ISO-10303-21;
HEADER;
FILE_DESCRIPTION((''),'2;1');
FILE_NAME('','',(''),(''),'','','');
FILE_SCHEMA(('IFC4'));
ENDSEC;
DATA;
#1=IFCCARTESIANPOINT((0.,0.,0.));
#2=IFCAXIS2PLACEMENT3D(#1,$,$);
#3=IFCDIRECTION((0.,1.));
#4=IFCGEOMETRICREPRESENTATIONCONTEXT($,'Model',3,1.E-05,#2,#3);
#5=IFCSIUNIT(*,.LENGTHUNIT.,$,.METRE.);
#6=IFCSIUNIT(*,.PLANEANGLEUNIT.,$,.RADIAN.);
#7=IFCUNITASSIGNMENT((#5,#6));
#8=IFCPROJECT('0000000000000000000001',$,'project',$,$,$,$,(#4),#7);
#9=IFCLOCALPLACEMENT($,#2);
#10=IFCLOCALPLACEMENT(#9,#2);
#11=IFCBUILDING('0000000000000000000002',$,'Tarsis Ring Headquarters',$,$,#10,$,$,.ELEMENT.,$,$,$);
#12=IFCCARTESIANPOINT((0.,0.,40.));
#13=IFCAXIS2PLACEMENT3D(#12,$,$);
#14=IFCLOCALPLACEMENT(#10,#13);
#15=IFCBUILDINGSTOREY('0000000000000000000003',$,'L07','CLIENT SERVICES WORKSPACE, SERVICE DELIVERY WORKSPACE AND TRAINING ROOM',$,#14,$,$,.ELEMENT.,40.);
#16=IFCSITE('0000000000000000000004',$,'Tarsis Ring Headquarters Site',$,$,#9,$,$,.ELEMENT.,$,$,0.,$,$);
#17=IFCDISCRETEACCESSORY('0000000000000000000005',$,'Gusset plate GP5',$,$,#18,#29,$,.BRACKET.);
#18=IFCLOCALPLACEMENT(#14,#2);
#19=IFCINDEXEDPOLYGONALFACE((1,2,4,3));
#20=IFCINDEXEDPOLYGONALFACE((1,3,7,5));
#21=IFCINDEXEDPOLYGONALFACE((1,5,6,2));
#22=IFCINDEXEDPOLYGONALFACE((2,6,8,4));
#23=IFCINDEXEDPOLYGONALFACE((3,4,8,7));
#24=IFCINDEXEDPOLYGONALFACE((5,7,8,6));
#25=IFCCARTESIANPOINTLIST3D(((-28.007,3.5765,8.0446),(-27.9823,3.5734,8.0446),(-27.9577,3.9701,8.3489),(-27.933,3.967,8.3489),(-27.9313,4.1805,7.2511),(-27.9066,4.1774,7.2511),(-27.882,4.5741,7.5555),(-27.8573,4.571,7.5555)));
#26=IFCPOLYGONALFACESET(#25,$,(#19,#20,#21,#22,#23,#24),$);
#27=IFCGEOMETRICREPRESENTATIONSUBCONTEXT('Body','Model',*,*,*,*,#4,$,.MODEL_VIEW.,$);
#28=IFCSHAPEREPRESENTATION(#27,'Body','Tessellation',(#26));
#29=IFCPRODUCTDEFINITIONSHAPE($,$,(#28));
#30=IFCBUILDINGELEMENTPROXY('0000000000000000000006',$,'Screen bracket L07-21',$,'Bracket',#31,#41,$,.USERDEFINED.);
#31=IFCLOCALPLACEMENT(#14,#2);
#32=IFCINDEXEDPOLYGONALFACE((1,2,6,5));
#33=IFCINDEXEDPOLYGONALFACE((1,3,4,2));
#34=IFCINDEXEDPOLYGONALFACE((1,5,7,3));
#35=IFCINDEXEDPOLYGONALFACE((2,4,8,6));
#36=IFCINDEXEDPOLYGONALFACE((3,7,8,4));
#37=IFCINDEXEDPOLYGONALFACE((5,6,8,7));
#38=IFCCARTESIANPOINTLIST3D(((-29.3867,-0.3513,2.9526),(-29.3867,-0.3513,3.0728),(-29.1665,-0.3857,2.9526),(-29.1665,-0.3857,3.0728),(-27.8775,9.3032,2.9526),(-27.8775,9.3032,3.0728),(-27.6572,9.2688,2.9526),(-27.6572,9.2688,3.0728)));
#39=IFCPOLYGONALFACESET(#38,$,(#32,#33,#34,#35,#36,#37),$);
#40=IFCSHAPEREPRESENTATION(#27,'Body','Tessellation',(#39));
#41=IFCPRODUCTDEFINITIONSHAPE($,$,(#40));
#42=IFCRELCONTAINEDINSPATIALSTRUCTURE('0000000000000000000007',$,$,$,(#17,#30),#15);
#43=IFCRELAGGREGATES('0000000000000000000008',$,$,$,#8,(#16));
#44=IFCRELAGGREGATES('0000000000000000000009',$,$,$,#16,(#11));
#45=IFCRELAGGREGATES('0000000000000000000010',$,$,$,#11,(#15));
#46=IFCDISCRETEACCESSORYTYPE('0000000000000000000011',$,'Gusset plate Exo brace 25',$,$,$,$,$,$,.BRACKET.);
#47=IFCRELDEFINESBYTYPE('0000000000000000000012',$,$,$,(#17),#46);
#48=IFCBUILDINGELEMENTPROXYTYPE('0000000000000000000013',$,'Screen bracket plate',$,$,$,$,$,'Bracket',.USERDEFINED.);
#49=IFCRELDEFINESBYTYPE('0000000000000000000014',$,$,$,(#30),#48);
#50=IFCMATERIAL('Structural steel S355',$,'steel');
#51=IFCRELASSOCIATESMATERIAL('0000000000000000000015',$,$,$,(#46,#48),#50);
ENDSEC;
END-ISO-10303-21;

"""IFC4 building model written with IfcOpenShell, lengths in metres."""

from ifc_helpers import new_model, si_unit, direction, frame, origin, origin_2d, place, context, subcontext, project, spatial, rectangle, extrude, material, material_profile, profile_set, type_object, element, save


model = new_model("IFC4")

# Units and contexts
model_context = context("Model", 3, precision=1e-05, world=origin(), true_north=direction((0.0, 1.0)))
body_context = subcontext(model_context, "Body", "Model", "MODEL_VIEW")
ifc_project = project(units=[si_unit("LENGTHUNIT", "METRE"), si_unit("PLANEANGLEUNIT", "RADIAN")], contexts=[model_context])

# Site, building, storey
site_placement = place(None, origin())
site = spatial("IfcSite", under=ifc_project, at=site_placement, Name="Tarsis Ring Headquarters Site", CompositionType="ELEMENT", RefElevation=0.0)
building_placement = place(site_placement, origin())
building = spatial("IfcBuilding", under=site, at=building_placement, Name="Tarsis Ring Headquarters", CompositionType="ELEMENT")
storey_placement = place(building_placement, frame((0.0, 0.0, 40.0)))
storey = spatial("IfcBuildingStorey", under=building, at=storey_placement, Name="L07", Description="CLIENT SERVICES WORKSPACE, SERVICE DELIVERY WORKSPACE AND TRAINING ROOM", CompositionType="ELEMENT", Elevation=40.0)

# Shared definitions
ifc_material_1 = material(Name="Structural steel S355", Category="steel")

# Discrete accessory
ifc_material_profile_1 = material_profile(ifc_material_1, rectangle(XDim=0.0249, YDim=0.5, at=origin_2d()), Name="PL 25x500")
ifc_profile_set_1 = profile_set([ifc_material_profile_1], Name="Structural steel S355")
discrete_accessory_type = type_object("IfcDiscreteAccessoryType", Name="Gusset plate Exo brace 25", PredefinedType="BRACKET", material=ifc_profile_set_1)
discrete_accessory_1_placement = place(storey_placement, frame((-27.8943, 4.3757, 7.4033), z_axis=(-0.075679, -0.603967, 0.793408), x_axis=(0.992241, -0.124331, 0.0)))
element("IfcDiscreteAccessory", 1, at=discrete_accessory_1_placement, inside=storey, type_object=discrete_accessory_type, Name="Gusset plate GP5", PredefinedType="BRACKET", context=body_context, shape_type="SweptSolid", body=[
    extrude(rectangle(XDim=0.0249, YDim=0.5, at=origin_2d()), origin(), (0.0, 0.0, 1.0), 1.0),
])

# Building element proxy
building_element_proxy_type = type_object("IfcBuildingElementProxyType", Name="Screen bracket plate", ElementType="Bracket", PredefinedType="USERDEFINED", material=ifc_material_1)
proxy_placement = place(storey_placement, frame((-28.522, 4.4587, 2.9526), z_axis=(0.0, 0.0, 1.0), x_axis=(-0.154451, -0.988, 0.0)))
element("IfcBuildingElementProxy", 2, at=proxy_placement, inside=storey, type_object=building_element_proxy_type, Name="Screen bracket L07-21", ObjectType="Bracket", PredefinedType="USERDEFINED", context=body_context, shape_type="SweptSolid", body=[
    extrude(rectangle(XDim=9.7717, YDim=0.2229, at=origin_2d()), origin(), (0.0, 0.0, 1.0), 0.1201),
])

save(model, "model.ifc")
